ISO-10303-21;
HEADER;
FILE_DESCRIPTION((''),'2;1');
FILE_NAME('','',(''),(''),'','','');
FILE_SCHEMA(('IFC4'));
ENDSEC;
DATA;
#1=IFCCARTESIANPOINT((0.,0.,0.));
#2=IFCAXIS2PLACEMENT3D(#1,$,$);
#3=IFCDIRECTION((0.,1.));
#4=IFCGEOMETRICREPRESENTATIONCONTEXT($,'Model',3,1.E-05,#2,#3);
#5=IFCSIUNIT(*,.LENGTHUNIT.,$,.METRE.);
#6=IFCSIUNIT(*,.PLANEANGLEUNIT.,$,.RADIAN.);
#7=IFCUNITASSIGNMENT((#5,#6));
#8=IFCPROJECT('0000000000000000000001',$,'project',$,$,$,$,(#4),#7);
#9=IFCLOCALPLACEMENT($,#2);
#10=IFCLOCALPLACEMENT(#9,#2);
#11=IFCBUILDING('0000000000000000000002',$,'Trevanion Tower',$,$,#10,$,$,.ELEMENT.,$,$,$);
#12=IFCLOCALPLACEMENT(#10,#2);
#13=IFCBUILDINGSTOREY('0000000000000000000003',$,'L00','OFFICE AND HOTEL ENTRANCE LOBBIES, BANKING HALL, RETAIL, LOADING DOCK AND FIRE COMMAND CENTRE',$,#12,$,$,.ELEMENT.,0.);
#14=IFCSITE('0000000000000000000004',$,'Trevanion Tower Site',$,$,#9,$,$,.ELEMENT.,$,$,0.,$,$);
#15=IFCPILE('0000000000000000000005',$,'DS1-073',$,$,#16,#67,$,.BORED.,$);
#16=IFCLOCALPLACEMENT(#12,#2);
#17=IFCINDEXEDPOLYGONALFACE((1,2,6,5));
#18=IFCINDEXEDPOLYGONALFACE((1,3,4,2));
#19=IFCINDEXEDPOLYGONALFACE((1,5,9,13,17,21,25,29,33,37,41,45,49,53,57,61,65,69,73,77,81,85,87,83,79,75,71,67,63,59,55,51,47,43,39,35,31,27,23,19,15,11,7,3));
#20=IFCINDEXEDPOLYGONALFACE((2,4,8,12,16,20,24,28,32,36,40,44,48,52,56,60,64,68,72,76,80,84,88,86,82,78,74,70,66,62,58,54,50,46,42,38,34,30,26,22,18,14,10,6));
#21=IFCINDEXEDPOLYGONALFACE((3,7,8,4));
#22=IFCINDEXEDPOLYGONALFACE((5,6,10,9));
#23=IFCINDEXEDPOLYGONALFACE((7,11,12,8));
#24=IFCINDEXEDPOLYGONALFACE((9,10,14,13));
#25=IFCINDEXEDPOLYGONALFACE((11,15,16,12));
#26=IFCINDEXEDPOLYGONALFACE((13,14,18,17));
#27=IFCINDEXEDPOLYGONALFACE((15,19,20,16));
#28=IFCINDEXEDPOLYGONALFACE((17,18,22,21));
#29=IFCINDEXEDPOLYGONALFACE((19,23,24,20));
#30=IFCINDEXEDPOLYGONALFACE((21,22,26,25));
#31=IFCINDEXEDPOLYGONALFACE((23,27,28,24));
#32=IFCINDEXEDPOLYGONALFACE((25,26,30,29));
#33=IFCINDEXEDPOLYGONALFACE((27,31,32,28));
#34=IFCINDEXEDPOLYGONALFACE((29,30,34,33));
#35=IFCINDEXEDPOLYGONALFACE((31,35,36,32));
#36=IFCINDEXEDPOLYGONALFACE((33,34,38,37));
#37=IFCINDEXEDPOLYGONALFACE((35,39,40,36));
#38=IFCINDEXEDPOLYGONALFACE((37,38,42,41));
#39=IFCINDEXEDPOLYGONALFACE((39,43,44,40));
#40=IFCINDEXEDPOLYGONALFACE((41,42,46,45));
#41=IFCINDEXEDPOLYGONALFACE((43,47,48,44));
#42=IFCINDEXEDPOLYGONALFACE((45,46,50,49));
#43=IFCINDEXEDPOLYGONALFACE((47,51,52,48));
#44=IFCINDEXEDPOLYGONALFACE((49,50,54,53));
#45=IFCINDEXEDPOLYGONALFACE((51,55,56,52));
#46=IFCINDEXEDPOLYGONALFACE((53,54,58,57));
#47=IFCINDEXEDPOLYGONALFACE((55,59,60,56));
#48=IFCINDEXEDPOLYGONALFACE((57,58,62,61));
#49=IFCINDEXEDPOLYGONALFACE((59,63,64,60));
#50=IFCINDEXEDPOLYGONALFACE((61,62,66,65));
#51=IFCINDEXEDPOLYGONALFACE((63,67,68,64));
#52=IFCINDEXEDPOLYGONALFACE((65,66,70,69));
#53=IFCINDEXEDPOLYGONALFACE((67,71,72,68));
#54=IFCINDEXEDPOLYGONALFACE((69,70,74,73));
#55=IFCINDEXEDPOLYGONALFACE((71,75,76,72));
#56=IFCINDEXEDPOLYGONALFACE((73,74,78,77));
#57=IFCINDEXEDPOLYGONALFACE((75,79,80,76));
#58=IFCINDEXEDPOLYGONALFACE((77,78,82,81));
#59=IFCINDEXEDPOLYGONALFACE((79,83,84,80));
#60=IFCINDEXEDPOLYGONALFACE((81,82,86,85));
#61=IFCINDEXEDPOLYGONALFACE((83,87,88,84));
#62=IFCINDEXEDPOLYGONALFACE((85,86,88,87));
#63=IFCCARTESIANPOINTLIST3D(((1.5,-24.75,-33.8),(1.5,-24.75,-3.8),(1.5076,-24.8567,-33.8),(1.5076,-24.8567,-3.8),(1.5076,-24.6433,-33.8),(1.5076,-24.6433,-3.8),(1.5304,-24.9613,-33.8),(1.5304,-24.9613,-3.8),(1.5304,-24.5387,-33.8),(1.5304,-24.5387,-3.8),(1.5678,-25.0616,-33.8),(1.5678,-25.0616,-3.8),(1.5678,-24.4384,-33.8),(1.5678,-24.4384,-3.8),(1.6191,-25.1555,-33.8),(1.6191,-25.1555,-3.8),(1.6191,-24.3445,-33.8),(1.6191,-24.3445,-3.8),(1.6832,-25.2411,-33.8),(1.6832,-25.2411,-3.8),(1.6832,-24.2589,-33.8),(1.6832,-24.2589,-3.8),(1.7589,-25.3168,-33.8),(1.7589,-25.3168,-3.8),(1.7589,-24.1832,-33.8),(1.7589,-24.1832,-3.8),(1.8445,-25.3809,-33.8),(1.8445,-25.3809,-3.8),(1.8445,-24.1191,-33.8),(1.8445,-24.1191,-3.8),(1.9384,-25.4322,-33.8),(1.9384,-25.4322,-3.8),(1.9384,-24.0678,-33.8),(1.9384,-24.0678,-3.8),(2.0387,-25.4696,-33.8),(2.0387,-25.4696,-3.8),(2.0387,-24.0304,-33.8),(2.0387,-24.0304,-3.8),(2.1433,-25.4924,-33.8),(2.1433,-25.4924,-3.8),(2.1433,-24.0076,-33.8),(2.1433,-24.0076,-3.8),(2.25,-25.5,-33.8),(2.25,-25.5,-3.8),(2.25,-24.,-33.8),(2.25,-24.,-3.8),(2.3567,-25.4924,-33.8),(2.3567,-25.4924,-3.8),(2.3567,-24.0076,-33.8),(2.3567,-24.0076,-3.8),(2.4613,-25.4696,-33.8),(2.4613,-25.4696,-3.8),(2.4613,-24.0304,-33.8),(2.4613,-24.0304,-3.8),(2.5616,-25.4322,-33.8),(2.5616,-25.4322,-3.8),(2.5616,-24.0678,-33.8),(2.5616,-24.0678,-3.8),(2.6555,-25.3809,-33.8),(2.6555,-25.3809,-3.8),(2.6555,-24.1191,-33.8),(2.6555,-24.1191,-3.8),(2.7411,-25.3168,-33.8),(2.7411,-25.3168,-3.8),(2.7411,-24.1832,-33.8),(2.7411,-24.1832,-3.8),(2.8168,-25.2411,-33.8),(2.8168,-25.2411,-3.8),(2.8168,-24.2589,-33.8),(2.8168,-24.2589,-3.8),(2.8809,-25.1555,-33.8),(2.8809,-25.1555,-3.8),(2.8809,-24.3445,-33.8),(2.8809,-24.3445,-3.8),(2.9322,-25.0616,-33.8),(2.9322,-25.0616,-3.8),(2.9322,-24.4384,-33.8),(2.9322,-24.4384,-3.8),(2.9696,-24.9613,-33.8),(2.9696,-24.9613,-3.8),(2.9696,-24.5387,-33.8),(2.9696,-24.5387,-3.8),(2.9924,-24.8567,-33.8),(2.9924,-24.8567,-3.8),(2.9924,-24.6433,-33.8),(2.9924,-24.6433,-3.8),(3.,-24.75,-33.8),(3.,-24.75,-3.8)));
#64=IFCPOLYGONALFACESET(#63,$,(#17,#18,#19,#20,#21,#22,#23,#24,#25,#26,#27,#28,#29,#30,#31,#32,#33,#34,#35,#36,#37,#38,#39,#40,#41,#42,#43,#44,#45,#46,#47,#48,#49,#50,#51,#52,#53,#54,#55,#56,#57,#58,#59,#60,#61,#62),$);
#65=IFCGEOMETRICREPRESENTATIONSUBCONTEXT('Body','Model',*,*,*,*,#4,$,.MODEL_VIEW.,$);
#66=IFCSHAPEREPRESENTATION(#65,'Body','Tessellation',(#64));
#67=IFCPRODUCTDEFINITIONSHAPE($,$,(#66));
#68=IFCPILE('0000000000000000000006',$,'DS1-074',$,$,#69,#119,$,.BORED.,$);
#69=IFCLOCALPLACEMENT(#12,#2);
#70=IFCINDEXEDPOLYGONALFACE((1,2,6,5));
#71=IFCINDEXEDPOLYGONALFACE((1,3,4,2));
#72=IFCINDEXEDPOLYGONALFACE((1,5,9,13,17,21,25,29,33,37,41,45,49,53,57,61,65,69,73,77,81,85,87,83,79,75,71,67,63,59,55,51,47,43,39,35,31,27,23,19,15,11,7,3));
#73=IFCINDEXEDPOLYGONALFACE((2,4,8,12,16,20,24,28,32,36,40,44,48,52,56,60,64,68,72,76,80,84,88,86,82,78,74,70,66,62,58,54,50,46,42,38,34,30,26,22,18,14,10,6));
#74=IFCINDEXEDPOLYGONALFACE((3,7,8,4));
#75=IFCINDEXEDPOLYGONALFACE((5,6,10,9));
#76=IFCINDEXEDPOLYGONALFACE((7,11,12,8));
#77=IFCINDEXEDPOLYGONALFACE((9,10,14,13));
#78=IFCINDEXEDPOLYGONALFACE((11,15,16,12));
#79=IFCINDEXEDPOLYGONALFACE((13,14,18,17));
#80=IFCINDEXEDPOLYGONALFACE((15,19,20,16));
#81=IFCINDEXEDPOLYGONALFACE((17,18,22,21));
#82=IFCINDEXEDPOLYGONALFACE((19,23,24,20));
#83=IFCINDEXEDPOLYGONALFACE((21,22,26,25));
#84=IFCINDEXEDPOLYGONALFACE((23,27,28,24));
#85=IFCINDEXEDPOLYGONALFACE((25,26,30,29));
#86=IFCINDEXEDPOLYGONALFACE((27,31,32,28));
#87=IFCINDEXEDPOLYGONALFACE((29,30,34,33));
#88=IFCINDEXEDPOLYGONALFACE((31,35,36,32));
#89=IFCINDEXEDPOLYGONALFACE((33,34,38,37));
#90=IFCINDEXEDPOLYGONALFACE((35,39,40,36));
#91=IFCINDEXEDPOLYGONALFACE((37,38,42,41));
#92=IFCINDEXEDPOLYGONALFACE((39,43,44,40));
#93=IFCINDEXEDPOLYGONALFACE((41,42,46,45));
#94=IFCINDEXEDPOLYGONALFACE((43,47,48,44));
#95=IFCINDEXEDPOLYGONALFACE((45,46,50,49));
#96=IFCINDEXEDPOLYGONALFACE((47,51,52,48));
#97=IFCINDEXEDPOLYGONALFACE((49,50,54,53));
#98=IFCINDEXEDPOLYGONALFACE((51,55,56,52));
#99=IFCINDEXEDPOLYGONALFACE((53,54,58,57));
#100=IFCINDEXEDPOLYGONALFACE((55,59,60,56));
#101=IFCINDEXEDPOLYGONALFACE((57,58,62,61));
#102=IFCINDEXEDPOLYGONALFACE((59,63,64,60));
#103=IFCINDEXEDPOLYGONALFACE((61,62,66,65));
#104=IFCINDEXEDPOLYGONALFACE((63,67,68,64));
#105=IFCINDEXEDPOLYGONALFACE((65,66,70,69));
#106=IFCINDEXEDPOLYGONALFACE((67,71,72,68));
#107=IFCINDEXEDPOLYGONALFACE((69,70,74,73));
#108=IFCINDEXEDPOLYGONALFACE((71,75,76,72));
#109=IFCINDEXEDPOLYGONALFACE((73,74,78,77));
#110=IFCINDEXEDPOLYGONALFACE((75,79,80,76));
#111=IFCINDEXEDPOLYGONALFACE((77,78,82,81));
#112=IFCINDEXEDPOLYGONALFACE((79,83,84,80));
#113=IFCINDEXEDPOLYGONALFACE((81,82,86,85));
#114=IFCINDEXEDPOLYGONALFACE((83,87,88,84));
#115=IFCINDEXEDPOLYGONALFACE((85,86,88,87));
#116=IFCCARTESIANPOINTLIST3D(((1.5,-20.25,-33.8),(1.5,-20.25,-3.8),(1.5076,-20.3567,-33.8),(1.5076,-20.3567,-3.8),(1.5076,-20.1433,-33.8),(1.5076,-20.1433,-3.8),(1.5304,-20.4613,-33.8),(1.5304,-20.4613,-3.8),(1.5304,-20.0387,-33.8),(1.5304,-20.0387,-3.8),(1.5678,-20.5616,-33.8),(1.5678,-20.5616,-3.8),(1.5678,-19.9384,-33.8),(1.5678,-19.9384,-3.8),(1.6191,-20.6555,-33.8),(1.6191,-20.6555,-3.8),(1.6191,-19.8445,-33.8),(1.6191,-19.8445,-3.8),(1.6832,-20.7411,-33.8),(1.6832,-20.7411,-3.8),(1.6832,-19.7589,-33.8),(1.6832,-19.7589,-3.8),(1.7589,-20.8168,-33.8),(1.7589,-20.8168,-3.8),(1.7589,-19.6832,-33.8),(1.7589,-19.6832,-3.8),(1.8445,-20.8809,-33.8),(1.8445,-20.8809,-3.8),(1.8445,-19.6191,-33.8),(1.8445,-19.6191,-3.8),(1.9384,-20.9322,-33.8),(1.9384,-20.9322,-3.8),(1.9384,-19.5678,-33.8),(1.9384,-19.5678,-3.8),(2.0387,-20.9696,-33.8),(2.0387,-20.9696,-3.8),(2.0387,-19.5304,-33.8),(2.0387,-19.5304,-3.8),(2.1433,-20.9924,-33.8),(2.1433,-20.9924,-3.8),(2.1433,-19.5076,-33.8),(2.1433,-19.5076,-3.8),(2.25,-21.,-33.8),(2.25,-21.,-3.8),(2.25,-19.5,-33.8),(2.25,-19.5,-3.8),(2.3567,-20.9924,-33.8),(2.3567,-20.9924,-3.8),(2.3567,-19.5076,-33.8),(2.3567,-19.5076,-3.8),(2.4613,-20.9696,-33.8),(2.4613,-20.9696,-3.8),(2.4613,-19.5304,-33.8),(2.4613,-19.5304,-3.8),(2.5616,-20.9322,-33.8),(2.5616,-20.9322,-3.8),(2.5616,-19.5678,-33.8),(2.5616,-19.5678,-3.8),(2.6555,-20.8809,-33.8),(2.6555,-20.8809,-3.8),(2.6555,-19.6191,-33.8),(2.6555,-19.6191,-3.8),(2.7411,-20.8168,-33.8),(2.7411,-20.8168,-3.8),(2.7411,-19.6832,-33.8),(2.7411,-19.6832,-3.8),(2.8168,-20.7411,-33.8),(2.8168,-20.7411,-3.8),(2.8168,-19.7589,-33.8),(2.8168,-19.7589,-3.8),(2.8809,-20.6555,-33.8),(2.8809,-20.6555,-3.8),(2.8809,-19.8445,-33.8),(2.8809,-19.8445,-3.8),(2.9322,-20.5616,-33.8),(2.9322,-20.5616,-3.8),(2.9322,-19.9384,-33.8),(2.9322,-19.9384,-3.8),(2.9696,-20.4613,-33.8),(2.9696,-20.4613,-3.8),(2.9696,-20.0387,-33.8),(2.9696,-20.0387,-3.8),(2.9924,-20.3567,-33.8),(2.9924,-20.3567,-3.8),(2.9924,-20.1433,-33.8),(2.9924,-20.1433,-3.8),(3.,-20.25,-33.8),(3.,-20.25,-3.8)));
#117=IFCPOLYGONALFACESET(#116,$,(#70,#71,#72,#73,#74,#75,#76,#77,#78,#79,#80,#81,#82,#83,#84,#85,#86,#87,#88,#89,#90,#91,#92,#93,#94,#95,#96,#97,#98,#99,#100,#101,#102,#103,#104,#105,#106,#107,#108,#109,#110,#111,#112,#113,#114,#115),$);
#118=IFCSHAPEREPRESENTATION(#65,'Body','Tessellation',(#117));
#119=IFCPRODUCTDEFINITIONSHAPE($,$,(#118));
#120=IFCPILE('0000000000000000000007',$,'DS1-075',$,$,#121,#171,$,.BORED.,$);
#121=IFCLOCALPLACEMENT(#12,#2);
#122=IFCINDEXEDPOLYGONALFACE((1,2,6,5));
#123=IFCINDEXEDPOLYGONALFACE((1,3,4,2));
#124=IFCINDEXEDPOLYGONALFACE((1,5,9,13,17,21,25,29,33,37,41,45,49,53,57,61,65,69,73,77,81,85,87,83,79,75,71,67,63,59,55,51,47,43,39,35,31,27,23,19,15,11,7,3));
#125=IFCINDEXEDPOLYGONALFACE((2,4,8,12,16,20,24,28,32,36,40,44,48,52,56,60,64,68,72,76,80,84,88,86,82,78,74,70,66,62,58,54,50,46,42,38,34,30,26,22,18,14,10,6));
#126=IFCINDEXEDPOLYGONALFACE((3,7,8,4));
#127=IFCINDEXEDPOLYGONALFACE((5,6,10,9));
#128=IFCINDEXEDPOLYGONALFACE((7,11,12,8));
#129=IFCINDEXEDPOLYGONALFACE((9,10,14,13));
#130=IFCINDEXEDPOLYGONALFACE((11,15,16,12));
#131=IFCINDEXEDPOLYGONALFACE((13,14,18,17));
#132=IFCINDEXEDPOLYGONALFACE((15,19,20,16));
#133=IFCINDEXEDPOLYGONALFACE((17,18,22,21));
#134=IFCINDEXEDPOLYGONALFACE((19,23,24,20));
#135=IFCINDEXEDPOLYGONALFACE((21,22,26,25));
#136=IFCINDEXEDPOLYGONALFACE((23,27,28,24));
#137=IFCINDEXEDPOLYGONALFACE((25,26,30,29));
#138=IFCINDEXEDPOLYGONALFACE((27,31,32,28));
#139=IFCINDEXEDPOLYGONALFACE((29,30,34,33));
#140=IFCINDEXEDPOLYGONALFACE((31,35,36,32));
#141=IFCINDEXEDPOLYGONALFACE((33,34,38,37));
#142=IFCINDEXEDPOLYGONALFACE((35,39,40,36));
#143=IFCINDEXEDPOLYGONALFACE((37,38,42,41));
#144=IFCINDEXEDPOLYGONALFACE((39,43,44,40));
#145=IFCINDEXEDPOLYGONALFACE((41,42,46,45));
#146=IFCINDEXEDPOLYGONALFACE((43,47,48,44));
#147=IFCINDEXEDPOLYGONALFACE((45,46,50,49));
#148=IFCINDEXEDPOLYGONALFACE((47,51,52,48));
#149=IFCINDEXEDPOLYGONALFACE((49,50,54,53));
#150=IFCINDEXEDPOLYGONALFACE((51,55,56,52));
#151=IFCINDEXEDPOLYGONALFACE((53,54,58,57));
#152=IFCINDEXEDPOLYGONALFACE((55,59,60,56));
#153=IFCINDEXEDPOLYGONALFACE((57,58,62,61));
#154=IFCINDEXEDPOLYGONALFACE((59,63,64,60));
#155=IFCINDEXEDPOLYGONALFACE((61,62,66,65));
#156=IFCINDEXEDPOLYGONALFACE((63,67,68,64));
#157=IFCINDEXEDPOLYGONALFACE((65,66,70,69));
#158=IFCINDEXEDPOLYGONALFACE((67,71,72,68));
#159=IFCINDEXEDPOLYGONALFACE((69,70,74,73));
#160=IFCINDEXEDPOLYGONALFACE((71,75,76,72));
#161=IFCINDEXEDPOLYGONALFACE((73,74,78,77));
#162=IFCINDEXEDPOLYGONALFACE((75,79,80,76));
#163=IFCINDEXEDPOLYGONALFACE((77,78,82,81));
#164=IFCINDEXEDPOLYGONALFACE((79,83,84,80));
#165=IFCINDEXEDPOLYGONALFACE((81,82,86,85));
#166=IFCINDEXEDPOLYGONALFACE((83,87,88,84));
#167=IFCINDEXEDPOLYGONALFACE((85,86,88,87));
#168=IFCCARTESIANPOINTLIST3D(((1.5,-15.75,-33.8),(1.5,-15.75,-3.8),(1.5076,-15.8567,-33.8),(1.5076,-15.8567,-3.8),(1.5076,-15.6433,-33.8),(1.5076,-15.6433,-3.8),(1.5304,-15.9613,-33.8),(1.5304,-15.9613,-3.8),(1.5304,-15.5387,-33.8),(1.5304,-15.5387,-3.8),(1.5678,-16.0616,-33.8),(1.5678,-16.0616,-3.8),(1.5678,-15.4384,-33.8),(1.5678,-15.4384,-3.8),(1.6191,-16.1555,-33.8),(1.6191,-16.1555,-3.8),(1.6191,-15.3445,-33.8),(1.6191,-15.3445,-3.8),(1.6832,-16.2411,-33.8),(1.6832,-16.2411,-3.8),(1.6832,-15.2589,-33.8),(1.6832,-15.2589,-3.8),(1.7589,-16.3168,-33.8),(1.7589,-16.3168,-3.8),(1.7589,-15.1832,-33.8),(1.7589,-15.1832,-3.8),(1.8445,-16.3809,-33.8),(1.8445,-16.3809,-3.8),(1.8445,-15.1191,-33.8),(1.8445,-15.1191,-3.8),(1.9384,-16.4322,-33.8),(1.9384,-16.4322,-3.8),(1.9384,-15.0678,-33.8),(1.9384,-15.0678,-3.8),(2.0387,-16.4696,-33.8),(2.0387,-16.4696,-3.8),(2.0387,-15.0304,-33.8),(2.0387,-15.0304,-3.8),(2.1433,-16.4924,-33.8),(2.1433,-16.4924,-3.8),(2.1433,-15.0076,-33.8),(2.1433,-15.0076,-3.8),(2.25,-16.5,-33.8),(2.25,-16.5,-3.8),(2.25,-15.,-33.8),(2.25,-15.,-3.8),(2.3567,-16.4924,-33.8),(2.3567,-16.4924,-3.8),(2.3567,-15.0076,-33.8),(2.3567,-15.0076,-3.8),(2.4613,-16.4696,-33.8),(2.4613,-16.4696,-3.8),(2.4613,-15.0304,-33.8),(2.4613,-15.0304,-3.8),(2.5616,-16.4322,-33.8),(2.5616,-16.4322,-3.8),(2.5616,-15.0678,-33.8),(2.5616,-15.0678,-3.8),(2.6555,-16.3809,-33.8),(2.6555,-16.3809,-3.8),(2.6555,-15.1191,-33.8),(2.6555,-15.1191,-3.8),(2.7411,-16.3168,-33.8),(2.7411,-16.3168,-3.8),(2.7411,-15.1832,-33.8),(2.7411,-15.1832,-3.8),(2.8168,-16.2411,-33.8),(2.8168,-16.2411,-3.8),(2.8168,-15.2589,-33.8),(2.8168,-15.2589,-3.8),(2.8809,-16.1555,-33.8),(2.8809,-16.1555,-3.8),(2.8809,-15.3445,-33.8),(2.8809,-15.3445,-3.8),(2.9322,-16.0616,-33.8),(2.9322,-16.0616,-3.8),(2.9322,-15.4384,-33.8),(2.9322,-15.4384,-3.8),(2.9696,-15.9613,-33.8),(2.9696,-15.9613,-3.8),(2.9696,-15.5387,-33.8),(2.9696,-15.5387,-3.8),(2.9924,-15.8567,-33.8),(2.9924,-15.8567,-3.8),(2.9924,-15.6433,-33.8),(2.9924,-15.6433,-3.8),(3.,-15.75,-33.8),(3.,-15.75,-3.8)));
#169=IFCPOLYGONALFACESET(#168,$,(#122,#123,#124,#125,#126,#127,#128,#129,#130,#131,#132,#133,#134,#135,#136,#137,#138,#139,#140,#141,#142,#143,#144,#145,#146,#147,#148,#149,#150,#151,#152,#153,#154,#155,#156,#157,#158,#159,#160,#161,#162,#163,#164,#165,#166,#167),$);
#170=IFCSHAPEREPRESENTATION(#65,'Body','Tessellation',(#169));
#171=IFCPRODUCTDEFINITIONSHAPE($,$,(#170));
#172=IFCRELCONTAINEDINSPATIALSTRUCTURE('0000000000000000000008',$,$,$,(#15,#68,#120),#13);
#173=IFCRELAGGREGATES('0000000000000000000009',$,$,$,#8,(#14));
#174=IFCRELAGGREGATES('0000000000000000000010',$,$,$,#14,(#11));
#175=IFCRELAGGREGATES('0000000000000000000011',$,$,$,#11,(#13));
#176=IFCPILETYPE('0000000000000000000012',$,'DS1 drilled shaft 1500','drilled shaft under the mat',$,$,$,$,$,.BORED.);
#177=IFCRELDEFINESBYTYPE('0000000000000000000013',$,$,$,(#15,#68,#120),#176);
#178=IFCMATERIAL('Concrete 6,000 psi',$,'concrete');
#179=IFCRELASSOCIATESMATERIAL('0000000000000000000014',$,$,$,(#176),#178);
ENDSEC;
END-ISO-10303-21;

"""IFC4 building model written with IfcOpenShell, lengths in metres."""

from ifc_helpers import new_model, si_unit, direction, frame, origin, origin_2d, place, context, subcontext, project, spatial, circle, extrude, material, material_profile, profile_set, type_object, element, save


model = new_model("IFC4")

# Units and contexts
model_context = context("Model", 3, precision=1e-05, world=origin(), true_north=direction((0.0, 1.0)))
body_context = subcontext(model_context, "Body", "Model", "MODEL_VIEW")
ifc_project = project(units=[si_unit("LENGTHUNIT", "METRE"), si_unit("PLANEANGLEUNIT", "RADIAN")], contexts=[model_context])

# Site, building, storey
site_placement = place(None, origin())
site = spatial("IfcSite", under=ifc_project, at=site_placement, Name="Trevanion Tower Site", CompositionType="ELEMENT", RefElevation=0.0)
building_placement = place(site_placement, origin())
building = spatial("IfcBuilding", under=site, at=building_placement, Name="Trevanion Tower", CompositionType="ELEMENT")
storey_placement = place(building_placement, origin())
storey = spatial("IfcBuildingStorey", under=building, at=storey_placement, Name="L00", Description="OFFICE AND HOTEL ENTRANCE LOBBIES, BANKING HALL, RETAIL, LOADING DOCK AND FIRE COMMAND CENTRE", CompositionType="ELEMENT", Elevation=0.0)

# Piles
ifc_material_1 = material(Name="Concrete 6,000 psi", Category="concrete")
ifc_material_profile_1 = material_profile(ifc_material_1, circle(Radius=0.75, at=origin_2d()), Name="DS1 drilled shaft 1500")
ifc_profile_set_1 = profile_set([ifc_material_profile_1], Name="Concrete 6,000 psi")
pile_type = type_object("IfcPileType", Name="DS1 drilled shaft 1500", Description="drilled shaft under the mat", PredefinedType="BORED", material=ifc_profile_set_1)
for number, where, z_axis, x_axis, name in (
    (1, (2.25, -24.75, -3.8), (0.0, 0.0, -1.0), (1.0, 0.0, 0.0), "DS1-073"),
    (2, (2.25, -20.25, -3.8), (0.0, 0.0, -1.0), (1.0, 0.0, 0.0), "DS1-074"),
    (3, (2.25, -15.75, -3.8), (0.0, 0.0, -1.0), (1.0, 0.0, 0.0), "DS1-075"),
):
    element("IfcPile", number, at=place(storey_placement, frame(where, z_axis=z_axis, x_axis=x_axis)), inside=storey, type_object=pile_type, Name=name, PredefinedType="BORED", context=body_context, shape_type="SweptSolid", body=[
        extrude(circle(Radius=0.75, at=origin_2d()), origin(), (0.0, 0.0, 1.0), 30.0),
    ])

save(model, "model.ifc")
